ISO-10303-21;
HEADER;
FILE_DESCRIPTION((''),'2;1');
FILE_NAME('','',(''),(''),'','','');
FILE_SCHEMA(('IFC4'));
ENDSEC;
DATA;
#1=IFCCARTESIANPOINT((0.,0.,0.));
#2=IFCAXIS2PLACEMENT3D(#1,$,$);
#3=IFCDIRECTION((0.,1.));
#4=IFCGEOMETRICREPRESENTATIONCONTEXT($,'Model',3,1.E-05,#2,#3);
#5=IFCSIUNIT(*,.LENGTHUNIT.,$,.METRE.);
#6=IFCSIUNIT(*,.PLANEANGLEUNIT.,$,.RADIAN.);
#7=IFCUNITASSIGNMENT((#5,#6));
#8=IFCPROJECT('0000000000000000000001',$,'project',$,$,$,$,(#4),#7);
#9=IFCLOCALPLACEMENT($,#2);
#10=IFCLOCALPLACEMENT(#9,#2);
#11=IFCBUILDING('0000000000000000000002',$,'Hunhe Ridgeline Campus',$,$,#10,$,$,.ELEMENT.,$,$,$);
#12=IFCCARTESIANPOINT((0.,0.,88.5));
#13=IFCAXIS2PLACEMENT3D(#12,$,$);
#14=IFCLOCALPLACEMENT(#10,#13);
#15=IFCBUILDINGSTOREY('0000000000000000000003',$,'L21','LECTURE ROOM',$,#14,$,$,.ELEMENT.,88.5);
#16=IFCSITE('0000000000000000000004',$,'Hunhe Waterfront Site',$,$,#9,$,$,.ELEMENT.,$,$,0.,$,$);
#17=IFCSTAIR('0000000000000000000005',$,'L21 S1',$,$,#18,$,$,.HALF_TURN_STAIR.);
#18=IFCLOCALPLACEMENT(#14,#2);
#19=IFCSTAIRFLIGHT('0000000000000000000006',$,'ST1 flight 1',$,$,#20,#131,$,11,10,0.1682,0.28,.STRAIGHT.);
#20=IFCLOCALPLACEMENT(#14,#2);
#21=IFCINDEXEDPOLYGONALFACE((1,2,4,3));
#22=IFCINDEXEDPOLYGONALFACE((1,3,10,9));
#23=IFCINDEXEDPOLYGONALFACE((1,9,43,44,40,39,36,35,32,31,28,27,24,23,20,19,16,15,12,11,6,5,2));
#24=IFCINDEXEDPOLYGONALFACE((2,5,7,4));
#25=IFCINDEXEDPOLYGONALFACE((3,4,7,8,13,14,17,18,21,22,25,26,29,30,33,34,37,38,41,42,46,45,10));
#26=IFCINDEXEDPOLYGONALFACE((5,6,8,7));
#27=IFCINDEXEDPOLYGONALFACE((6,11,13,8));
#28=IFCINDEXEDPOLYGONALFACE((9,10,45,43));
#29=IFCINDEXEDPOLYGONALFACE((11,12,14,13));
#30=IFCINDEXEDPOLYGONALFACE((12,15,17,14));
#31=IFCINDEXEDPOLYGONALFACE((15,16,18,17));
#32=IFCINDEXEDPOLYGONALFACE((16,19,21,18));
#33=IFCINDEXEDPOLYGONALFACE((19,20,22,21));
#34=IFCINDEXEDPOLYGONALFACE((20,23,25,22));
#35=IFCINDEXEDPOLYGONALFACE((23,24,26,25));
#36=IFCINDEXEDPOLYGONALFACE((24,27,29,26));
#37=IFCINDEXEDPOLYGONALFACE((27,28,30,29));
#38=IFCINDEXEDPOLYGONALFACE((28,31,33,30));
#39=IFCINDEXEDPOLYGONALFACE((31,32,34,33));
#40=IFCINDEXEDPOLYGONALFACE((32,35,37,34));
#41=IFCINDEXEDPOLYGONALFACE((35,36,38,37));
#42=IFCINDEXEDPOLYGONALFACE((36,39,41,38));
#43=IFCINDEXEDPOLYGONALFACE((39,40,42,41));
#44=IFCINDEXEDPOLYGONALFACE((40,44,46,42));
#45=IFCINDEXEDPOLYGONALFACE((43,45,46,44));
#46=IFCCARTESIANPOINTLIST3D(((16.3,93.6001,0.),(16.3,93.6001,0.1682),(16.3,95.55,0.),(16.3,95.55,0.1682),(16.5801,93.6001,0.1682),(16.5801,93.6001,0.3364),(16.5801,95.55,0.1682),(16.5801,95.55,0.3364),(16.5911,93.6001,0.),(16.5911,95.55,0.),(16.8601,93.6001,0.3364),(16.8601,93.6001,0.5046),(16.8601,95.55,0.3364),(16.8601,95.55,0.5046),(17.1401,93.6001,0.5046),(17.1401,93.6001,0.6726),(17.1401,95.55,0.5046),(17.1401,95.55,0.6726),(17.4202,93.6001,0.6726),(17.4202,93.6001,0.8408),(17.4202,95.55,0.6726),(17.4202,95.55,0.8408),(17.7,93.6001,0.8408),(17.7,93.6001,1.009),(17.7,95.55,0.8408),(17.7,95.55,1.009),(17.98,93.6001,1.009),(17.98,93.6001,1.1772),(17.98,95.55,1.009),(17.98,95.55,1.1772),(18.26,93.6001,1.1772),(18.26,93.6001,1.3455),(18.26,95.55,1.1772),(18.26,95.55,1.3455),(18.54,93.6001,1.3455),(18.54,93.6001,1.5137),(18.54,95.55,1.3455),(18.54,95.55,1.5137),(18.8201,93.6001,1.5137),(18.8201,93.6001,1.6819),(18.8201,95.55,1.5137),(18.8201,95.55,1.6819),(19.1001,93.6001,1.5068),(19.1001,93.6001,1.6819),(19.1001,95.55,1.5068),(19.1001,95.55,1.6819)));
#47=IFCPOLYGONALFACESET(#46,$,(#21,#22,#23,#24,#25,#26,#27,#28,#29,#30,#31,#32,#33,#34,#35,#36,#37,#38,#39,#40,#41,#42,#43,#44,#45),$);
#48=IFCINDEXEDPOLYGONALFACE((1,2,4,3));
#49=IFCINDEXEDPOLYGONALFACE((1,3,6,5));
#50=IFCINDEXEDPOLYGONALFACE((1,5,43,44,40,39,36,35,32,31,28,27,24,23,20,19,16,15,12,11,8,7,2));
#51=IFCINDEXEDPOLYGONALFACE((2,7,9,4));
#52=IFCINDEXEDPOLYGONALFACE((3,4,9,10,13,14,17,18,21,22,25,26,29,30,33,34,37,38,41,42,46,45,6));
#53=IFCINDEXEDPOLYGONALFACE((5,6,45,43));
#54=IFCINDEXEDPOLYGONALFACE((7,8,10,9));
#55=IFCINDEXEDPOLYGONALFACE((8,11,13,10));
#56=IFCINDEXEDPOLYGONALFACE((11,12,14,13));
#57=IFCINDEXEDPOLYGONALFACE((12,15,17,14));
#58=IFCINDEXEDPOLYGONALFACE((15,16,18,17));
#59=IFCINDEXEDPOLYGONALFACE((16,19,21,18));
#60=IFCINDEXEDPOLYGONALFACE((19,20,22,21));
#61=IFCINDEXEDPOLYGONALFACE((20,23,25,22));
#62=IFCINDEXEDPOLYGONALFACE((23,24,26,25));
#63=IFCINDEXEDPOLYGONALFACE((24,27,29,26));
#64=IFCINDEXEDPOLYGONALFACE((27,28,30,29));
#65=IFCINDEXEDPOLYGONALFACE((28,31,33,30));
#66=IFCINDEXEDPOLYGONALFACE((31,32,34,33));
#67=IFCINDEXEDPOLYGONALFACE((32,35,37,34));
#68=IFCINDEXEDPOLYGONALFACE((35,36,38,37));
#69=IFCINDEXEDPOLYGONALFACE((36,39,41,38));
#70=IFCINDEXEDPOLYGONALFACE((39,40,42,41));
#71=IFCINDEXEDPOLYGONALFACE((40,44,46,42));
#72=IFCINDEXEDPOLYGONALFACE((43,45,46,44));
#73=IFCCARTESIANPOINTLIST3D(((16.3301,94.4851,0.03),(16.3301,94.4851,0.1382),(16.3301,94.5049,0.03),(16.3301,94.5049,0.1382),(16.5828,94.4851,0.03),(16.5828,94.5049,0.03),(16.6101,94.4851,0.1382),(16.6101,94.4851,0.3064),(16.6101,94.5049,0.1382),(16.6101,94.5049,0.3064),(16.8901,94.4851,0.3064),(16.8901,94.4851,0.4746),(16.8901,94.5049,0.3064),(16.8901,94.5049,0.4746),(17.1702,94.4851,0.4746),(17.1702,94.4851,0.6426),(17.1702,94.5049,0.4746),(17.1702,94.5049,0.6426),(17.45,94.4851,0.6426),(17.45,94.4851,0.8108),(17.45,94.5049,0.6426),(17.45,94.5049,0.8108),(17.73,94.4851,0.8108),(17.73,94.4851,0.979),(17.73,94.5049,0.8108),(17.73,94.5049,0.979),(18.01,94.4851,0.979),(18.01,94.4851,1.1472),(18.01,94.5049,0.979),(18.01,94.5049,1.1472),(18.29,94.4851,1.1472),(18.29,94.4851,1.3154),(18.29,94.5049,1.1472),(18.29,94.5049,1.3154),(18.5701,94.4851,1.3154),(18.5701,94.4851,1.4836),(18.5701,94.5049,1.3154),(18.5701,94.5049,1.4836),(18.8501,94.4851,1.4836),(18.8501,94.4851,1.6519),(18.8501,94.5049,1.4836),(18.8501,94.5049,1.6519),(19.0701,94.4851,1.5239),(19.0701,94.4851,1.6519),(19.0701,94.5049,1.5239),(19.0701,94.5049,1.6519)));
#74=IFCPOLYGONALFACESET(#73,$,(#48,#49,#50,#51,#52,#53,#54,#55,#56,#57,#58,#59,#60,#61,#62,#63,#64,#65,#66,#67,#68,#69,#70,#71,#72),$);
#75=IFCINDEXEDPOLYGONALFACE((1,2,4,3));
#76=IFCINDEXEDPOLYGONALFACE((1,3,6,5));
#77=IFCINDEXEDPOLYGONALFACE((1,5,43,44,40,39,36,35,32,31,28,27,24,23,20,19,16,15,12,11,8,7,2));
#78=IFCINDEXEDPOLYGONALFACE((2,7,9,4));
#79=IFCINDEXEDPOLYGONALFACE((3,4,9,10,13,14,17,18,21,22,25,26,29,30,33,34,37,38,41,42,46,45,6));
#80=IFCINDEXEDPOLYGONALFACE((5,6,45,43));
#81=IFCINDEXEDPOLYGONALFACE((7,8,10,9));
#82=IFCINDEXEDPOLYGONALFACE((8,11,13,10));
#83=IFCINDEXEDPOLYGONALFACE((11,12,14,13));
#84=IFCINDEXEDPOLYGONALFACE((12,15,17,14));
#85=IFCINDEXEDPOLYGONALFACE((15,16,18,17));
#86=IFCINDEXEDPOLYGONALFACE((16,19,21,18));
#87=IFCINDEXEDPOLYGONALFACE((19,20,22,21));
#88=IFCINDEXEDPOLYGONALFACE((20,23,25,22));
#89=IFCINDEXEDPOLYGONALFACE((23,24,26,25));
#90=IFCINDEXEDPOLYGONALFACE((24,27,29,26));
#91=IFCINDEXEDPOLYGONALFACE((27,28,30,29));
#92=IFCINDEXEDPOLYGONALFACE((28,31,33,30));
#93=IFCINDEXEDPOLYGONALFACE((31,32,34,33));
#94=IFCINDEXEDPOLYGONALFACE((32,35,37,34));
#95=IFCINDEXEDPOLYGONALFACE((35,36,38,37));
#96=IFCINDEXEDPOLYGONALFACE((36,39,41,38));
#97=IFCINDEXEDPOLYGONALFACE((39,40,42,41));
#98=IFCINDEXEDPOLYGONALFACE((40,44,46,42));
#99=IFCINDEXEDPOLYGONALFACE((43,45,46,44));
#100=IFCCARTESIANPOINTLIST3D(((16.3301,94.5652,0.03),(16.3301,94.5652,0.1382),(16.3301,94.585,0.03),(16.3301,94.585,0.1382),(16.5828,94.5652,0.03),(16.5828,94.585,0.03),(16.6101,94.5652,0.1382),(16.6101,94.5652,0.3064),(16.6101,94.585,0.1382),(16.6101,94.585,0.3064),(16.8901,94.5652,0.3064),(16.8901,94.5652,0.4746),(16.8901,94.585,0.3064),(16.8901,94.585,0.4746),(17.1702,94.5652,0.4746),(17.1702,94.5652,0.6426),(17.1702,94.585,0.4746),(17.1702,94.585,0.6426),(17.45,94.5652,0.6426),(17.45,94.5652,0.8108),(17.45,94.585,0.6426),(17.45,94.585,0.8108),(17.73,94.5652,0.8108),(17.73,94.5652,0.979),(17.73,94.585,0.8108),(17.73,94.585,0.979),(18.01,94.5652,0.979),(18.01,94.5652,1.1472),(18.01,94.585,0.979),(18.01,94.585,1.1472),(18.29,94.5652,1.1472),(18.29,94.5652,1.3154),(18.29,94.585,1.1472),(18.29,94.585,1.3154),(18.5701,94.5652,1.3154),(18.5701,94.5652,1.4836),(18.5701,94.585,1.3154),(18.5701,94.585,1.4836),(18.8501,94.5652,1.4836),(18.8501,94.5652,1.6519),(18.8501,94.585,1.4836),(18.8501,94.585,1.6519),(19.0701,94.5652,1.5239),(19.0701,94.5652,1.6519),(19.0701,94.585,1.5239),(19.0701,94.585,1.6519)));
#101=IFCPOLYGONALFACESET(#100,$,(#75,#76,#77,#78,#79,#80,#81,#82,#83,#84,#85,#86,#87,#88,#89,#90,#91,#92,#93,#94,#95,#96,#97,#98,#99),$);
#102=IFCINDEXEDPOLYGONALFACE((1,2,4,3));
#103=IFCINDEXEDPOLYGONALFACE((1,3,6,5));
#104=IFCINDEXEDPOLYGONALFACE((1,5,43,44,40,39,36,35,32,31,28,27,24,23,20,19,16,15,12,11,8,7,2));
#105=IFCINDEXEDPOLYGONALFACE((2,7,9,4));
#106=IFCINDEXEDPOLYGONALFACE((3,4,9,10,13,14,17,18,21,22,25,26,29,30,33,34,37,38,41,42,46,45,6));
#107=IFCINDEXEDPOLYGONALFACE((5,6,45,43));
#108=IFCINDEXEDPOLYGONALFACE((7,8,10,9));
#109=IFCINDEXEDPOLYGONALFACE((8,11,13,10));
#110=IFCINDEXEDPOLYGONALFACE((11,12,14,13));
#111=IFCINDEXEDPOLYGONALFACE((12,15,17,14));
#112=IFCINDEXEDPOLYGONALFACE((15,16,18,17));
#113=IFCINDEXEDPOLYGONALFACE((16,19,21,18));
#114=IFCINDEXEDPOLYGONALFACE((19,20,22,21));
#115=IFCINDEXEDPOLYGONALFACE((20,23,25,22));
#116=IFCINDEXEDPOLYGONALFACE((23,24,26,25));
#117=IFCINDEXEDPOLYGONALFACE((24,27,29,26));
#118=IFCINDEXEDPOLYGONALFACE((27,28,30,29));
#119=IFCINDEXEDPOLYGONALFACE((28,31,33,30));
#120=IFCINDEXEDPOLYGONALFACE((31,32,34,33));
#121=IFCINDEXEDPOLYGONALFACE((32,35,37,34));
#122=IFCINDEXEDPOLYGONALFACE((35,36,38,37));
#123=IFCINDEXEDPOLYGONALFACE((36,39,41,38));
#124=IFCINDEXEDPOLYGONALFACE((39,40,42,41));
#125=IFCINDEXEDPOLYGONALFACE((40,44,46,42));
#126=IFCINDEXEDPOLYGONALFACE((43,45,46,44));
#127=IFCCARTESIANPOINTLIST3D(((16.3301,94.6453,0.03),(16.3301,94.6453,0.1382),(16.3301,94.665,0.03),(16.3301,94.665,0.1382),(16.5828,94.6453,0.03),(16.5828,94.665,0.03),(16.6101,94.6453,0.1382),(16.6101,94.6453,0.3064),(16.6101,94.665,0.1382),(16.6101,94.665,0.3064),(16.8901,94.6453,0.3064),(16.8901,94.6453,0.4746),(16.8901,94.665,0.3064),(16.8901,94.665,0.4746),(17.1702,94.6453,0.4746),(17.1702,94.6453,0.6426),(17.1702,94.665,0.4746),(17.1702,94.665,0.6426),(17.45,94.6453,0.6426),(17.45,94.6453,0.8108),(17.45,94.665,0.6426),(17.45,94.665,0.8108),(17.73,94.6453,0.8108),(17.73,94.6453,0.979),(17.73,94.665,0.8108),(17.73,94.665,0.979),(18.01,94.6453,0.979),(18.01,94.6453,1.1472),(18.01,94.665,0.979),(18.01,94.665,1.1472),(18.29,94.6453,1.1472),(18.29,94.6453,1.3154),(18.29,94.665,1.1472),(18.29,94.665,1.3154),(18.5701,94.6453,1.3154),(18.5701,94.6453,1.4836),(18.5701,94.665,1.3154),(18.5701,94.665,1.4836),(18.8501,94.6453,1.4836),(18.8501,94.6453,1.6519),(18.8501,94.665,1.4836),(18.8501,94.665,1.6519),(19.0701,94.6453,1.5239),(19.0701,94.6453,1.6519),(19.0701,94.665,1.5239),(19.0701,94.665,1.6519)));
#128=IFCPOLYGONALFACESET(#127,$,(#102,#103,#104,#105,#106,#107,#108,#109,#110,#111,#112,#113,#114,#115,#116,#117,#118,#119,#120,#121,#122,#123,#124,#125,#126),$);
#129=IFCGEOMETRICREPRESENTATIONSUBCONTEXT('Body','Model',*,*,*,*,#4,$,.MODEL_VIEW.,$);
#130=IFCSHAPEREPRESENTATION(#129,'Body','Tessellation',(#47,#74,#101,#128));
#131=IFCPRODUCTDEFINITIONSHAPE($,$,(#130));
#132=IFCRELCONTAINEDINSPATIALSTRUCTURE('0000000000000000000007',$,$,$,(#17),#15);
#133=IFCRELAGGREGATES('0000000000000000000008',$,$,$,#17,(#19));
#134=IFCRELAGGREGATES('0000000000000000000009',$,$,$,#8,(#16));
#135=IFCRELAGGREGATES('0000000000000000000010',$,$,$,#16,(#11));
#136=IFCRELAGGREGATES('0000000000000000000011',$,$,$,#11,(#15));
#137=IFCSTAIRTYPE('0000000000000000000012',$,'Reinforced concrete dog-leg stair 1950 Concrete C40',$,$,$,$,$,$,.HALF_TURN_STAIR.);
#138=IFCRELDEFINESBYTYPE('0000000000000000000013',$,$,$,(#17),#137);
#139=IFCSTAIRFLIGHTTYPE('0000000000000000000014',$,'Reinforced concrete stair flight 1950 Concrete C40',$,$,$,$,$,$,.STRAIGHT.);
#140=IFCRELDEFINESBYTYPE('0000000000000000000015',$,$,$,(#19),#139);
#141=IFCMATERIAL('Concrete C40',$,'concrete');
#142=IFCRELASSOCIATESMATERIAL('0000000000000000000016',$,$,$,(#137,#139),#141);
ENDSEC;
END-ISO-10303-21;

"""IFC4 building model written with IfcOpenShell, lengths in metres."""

from ifc_helpers import new_model, si_unit, direction, frame, origin, place, context, subcontext, project, spatial, polyline, outline, extrude, material, type_object, element, aggregate, save


model = new_model("IFC4")

# Units and contexts
model_context = context("Model", 3, precision=1e-05, world=origin(), true_north=direction((0.0, 1.0)))
body_context = subcontext(model_context, "Body", "Model", "MODEL_VIEW")
ifc_project = project(units=[si_unit("LENGTHUNIT", "METRE"), si_unit("PLANEANGLEUNIT", "RADIAN")], contexts=[model_context])

# Site, building, storey
site_placement = place(None, origin())
site = spatial("IfcSite", under=ifc_project, at=site_placement, Name="Hunhe Waterfront Site", CompositionType="ELEMENT", RefElevation=0.0)
building_placement = place(site_placement, origin())
building = spatial("IfcBuilding", under=site, at=building_placement, Name="Hunhe Ridgeline Campus", CompositionType="ELEMENT")
storey_placement = place(building_placement, frame((0.0, 0.0, 88.5)))
storey = spatial("IfcBuildingStorey", under=building, at=storey_placement, Name="L21", Description="LECTURE ROOM", CompositionType="ELEMENT", Elevation=88.5)

# Stair, stair flight
ifc_material_1 = material(Name="Concrete C40", Category="concrete")
stair_type = type_object("IfcStairType", Name="Reinforced concrete dog-leg stair 1950 Concrete C40", PredefinedType="HALF_TURN_STAIR", material=ifc_material_1)
stair_placement = place(storey_placement, origin())
stair = element("IfcStair", 1, at=stair_placement, inside=storey, type_object=stair_type, Name="L21 S1", PredefinedType="HALF_TURN_STAIR")
stair_flight_type = type_object("IfcStairFlightType", Name="Reinforced concrete stair flight 1950 Concrete C40", PredefinedType="STRAIGHT", material=ifc_material_1)
stair_flight_placement = place(storey_placement, frame((16.3, 94.575, 0.0), z_axis=(0.0, 0.0, 1.0), x_axis=(1.0, 0.0, 0.0)))
stair_flight = element("IfcStairFlight", 2, at=stair_flight_placement, type_object=stair_flight_type, Name="ST1 flight 1", NumberOfRisers=11, NumberOfTreads=10, PredefinedType="STRAIGHT", RiserHeight=0.1682, TreadLength=0.28, context=body_context, shape_type="SweptSolid", body=[
    extrude(outline(polyline([(0.0, 0.0), (0.0, 0.1682), (0.28, 0.1682), (0.28, 0.3364), (0.5601, 0.3364), (0.5601, 0.5046), (0.8401, 0.5046), (0.8401, 0.6726), (1.1201, 0.6726), (1.1201, 0.8408), (1.3999, 0.8408), (1.3999, 1.009), (1.6799, 1.009), (1.6799, 1.1772), (1.96, 1.1772), (1.96, 1.3455), (2.24, 1.3455), (2.24, 1.5137), (2.52, 1.5137), (2.52, 1.6819), (2.8, 1.6819), (2.8, 1.8501), (2.8, 1.5068), (0.291, 0.0), (0.0, 0.0)])), frame((0.0, 0.9751, 0.0), z_axis=(0.0, -1.0, 0.0), x_axis=(1.0, 0.0, 0.0)), (0.0, 0.0, 1.0), 1.95),
    extrude(outline(polyline([(0.03, 0.03), (0.03, 0.1382), (0.3101, 0.1382), (0.3101, 0.3064), (0.5901, 0.3064), (0.5901, 0.4746), (0.8701, 0.4746), (0.8701, 0.6426), (1.1499, 0.6426), (1.1499, 0.8108), (1.4299, 0.8108), (1.4299, 0.979), (1.71, 0.979), (1.71, 1.1472), (1.99, 1.1472), (1.99, 1.3154), (2.27, 1.3154), (2.27, 1.4836), (2.55, 1.4836), (2.55, 1.6519), (2.77, 1.6519), (2.77, 1.5239), (0.2827, 0.03), (0.03, 0.03)])), frame((0.0, -0.0701, 0.0), z_axis=(0.0, -1.0, 0.0), x_axis=(1.0, 0.0, 0.0)), (0.0, 0.0, 1.0), 0.0198),
    extrude(outline(polyline([(0.03, 0.03), (0.03, 0.1382), (0.3101, 0.1382), (0.3101, 0.3064), (0.5901, 0.3064), (0.5901, 0.4746), (0.8701, 0.4746), (0.8701, 0.6426), (1.1499, 0.6426), (1.1499, 0.8108), (1.4299, 0.8108), (1.4299, 0.979), (1.71, 0.979), (1.71, 1.1472), (1.99, 1.1472), (1.99, 1.3154), (2.27, 1.3154), (2.27, 1.4836), (2.55, 1.4836), (2.55, 1.6519), (2.77, 1.6519), (2.77, 1.5239), (0.2827, 0.03), (0.03, 0.03)])), frame((0.0, 0.01, 0.0), z_axis=(0.0, -1.0, 0.0), x_axis=(1.0, 0.0, 0.0)), (0.0, 0.0, 1.0), 0.0198),
    extrude(outline(polyline([(0.03, 0.03), (0.03, 0.1382), (0.3101, 0.1382), (0.3101, 0.3064), (0.5901, 0.3064), (0.5901, 0.4746), (0.8701, 0.4746), (0.8701, 0.6426), (1.1499, 0.6426), (1.1499, 0.8108), (1.4299, 0.8108), (1.4299, 0.979), (1.71, 0.979), (1.71, 1.1472), (1.99, 1.1472), (1.99, 1.3154), (2.27, 1.3154), (2.27, 1.4836), (2.55, 1.4836), (2.55, 1.6519), (2.77, 1.6519), (2.77, 1.5239), (0.2827, 0.03), (0.03, 0.03)])), frame((0.0, 0.0901, 0.0), z_axis=(0.0, -1.0, 0.0), x_axis=(1.0, 0.0, 0.0)), (0.0, 0.0, 1.0), 0.0198),
])
aggregate(stair, [stair_flight])

save(model, "model.ifc")
